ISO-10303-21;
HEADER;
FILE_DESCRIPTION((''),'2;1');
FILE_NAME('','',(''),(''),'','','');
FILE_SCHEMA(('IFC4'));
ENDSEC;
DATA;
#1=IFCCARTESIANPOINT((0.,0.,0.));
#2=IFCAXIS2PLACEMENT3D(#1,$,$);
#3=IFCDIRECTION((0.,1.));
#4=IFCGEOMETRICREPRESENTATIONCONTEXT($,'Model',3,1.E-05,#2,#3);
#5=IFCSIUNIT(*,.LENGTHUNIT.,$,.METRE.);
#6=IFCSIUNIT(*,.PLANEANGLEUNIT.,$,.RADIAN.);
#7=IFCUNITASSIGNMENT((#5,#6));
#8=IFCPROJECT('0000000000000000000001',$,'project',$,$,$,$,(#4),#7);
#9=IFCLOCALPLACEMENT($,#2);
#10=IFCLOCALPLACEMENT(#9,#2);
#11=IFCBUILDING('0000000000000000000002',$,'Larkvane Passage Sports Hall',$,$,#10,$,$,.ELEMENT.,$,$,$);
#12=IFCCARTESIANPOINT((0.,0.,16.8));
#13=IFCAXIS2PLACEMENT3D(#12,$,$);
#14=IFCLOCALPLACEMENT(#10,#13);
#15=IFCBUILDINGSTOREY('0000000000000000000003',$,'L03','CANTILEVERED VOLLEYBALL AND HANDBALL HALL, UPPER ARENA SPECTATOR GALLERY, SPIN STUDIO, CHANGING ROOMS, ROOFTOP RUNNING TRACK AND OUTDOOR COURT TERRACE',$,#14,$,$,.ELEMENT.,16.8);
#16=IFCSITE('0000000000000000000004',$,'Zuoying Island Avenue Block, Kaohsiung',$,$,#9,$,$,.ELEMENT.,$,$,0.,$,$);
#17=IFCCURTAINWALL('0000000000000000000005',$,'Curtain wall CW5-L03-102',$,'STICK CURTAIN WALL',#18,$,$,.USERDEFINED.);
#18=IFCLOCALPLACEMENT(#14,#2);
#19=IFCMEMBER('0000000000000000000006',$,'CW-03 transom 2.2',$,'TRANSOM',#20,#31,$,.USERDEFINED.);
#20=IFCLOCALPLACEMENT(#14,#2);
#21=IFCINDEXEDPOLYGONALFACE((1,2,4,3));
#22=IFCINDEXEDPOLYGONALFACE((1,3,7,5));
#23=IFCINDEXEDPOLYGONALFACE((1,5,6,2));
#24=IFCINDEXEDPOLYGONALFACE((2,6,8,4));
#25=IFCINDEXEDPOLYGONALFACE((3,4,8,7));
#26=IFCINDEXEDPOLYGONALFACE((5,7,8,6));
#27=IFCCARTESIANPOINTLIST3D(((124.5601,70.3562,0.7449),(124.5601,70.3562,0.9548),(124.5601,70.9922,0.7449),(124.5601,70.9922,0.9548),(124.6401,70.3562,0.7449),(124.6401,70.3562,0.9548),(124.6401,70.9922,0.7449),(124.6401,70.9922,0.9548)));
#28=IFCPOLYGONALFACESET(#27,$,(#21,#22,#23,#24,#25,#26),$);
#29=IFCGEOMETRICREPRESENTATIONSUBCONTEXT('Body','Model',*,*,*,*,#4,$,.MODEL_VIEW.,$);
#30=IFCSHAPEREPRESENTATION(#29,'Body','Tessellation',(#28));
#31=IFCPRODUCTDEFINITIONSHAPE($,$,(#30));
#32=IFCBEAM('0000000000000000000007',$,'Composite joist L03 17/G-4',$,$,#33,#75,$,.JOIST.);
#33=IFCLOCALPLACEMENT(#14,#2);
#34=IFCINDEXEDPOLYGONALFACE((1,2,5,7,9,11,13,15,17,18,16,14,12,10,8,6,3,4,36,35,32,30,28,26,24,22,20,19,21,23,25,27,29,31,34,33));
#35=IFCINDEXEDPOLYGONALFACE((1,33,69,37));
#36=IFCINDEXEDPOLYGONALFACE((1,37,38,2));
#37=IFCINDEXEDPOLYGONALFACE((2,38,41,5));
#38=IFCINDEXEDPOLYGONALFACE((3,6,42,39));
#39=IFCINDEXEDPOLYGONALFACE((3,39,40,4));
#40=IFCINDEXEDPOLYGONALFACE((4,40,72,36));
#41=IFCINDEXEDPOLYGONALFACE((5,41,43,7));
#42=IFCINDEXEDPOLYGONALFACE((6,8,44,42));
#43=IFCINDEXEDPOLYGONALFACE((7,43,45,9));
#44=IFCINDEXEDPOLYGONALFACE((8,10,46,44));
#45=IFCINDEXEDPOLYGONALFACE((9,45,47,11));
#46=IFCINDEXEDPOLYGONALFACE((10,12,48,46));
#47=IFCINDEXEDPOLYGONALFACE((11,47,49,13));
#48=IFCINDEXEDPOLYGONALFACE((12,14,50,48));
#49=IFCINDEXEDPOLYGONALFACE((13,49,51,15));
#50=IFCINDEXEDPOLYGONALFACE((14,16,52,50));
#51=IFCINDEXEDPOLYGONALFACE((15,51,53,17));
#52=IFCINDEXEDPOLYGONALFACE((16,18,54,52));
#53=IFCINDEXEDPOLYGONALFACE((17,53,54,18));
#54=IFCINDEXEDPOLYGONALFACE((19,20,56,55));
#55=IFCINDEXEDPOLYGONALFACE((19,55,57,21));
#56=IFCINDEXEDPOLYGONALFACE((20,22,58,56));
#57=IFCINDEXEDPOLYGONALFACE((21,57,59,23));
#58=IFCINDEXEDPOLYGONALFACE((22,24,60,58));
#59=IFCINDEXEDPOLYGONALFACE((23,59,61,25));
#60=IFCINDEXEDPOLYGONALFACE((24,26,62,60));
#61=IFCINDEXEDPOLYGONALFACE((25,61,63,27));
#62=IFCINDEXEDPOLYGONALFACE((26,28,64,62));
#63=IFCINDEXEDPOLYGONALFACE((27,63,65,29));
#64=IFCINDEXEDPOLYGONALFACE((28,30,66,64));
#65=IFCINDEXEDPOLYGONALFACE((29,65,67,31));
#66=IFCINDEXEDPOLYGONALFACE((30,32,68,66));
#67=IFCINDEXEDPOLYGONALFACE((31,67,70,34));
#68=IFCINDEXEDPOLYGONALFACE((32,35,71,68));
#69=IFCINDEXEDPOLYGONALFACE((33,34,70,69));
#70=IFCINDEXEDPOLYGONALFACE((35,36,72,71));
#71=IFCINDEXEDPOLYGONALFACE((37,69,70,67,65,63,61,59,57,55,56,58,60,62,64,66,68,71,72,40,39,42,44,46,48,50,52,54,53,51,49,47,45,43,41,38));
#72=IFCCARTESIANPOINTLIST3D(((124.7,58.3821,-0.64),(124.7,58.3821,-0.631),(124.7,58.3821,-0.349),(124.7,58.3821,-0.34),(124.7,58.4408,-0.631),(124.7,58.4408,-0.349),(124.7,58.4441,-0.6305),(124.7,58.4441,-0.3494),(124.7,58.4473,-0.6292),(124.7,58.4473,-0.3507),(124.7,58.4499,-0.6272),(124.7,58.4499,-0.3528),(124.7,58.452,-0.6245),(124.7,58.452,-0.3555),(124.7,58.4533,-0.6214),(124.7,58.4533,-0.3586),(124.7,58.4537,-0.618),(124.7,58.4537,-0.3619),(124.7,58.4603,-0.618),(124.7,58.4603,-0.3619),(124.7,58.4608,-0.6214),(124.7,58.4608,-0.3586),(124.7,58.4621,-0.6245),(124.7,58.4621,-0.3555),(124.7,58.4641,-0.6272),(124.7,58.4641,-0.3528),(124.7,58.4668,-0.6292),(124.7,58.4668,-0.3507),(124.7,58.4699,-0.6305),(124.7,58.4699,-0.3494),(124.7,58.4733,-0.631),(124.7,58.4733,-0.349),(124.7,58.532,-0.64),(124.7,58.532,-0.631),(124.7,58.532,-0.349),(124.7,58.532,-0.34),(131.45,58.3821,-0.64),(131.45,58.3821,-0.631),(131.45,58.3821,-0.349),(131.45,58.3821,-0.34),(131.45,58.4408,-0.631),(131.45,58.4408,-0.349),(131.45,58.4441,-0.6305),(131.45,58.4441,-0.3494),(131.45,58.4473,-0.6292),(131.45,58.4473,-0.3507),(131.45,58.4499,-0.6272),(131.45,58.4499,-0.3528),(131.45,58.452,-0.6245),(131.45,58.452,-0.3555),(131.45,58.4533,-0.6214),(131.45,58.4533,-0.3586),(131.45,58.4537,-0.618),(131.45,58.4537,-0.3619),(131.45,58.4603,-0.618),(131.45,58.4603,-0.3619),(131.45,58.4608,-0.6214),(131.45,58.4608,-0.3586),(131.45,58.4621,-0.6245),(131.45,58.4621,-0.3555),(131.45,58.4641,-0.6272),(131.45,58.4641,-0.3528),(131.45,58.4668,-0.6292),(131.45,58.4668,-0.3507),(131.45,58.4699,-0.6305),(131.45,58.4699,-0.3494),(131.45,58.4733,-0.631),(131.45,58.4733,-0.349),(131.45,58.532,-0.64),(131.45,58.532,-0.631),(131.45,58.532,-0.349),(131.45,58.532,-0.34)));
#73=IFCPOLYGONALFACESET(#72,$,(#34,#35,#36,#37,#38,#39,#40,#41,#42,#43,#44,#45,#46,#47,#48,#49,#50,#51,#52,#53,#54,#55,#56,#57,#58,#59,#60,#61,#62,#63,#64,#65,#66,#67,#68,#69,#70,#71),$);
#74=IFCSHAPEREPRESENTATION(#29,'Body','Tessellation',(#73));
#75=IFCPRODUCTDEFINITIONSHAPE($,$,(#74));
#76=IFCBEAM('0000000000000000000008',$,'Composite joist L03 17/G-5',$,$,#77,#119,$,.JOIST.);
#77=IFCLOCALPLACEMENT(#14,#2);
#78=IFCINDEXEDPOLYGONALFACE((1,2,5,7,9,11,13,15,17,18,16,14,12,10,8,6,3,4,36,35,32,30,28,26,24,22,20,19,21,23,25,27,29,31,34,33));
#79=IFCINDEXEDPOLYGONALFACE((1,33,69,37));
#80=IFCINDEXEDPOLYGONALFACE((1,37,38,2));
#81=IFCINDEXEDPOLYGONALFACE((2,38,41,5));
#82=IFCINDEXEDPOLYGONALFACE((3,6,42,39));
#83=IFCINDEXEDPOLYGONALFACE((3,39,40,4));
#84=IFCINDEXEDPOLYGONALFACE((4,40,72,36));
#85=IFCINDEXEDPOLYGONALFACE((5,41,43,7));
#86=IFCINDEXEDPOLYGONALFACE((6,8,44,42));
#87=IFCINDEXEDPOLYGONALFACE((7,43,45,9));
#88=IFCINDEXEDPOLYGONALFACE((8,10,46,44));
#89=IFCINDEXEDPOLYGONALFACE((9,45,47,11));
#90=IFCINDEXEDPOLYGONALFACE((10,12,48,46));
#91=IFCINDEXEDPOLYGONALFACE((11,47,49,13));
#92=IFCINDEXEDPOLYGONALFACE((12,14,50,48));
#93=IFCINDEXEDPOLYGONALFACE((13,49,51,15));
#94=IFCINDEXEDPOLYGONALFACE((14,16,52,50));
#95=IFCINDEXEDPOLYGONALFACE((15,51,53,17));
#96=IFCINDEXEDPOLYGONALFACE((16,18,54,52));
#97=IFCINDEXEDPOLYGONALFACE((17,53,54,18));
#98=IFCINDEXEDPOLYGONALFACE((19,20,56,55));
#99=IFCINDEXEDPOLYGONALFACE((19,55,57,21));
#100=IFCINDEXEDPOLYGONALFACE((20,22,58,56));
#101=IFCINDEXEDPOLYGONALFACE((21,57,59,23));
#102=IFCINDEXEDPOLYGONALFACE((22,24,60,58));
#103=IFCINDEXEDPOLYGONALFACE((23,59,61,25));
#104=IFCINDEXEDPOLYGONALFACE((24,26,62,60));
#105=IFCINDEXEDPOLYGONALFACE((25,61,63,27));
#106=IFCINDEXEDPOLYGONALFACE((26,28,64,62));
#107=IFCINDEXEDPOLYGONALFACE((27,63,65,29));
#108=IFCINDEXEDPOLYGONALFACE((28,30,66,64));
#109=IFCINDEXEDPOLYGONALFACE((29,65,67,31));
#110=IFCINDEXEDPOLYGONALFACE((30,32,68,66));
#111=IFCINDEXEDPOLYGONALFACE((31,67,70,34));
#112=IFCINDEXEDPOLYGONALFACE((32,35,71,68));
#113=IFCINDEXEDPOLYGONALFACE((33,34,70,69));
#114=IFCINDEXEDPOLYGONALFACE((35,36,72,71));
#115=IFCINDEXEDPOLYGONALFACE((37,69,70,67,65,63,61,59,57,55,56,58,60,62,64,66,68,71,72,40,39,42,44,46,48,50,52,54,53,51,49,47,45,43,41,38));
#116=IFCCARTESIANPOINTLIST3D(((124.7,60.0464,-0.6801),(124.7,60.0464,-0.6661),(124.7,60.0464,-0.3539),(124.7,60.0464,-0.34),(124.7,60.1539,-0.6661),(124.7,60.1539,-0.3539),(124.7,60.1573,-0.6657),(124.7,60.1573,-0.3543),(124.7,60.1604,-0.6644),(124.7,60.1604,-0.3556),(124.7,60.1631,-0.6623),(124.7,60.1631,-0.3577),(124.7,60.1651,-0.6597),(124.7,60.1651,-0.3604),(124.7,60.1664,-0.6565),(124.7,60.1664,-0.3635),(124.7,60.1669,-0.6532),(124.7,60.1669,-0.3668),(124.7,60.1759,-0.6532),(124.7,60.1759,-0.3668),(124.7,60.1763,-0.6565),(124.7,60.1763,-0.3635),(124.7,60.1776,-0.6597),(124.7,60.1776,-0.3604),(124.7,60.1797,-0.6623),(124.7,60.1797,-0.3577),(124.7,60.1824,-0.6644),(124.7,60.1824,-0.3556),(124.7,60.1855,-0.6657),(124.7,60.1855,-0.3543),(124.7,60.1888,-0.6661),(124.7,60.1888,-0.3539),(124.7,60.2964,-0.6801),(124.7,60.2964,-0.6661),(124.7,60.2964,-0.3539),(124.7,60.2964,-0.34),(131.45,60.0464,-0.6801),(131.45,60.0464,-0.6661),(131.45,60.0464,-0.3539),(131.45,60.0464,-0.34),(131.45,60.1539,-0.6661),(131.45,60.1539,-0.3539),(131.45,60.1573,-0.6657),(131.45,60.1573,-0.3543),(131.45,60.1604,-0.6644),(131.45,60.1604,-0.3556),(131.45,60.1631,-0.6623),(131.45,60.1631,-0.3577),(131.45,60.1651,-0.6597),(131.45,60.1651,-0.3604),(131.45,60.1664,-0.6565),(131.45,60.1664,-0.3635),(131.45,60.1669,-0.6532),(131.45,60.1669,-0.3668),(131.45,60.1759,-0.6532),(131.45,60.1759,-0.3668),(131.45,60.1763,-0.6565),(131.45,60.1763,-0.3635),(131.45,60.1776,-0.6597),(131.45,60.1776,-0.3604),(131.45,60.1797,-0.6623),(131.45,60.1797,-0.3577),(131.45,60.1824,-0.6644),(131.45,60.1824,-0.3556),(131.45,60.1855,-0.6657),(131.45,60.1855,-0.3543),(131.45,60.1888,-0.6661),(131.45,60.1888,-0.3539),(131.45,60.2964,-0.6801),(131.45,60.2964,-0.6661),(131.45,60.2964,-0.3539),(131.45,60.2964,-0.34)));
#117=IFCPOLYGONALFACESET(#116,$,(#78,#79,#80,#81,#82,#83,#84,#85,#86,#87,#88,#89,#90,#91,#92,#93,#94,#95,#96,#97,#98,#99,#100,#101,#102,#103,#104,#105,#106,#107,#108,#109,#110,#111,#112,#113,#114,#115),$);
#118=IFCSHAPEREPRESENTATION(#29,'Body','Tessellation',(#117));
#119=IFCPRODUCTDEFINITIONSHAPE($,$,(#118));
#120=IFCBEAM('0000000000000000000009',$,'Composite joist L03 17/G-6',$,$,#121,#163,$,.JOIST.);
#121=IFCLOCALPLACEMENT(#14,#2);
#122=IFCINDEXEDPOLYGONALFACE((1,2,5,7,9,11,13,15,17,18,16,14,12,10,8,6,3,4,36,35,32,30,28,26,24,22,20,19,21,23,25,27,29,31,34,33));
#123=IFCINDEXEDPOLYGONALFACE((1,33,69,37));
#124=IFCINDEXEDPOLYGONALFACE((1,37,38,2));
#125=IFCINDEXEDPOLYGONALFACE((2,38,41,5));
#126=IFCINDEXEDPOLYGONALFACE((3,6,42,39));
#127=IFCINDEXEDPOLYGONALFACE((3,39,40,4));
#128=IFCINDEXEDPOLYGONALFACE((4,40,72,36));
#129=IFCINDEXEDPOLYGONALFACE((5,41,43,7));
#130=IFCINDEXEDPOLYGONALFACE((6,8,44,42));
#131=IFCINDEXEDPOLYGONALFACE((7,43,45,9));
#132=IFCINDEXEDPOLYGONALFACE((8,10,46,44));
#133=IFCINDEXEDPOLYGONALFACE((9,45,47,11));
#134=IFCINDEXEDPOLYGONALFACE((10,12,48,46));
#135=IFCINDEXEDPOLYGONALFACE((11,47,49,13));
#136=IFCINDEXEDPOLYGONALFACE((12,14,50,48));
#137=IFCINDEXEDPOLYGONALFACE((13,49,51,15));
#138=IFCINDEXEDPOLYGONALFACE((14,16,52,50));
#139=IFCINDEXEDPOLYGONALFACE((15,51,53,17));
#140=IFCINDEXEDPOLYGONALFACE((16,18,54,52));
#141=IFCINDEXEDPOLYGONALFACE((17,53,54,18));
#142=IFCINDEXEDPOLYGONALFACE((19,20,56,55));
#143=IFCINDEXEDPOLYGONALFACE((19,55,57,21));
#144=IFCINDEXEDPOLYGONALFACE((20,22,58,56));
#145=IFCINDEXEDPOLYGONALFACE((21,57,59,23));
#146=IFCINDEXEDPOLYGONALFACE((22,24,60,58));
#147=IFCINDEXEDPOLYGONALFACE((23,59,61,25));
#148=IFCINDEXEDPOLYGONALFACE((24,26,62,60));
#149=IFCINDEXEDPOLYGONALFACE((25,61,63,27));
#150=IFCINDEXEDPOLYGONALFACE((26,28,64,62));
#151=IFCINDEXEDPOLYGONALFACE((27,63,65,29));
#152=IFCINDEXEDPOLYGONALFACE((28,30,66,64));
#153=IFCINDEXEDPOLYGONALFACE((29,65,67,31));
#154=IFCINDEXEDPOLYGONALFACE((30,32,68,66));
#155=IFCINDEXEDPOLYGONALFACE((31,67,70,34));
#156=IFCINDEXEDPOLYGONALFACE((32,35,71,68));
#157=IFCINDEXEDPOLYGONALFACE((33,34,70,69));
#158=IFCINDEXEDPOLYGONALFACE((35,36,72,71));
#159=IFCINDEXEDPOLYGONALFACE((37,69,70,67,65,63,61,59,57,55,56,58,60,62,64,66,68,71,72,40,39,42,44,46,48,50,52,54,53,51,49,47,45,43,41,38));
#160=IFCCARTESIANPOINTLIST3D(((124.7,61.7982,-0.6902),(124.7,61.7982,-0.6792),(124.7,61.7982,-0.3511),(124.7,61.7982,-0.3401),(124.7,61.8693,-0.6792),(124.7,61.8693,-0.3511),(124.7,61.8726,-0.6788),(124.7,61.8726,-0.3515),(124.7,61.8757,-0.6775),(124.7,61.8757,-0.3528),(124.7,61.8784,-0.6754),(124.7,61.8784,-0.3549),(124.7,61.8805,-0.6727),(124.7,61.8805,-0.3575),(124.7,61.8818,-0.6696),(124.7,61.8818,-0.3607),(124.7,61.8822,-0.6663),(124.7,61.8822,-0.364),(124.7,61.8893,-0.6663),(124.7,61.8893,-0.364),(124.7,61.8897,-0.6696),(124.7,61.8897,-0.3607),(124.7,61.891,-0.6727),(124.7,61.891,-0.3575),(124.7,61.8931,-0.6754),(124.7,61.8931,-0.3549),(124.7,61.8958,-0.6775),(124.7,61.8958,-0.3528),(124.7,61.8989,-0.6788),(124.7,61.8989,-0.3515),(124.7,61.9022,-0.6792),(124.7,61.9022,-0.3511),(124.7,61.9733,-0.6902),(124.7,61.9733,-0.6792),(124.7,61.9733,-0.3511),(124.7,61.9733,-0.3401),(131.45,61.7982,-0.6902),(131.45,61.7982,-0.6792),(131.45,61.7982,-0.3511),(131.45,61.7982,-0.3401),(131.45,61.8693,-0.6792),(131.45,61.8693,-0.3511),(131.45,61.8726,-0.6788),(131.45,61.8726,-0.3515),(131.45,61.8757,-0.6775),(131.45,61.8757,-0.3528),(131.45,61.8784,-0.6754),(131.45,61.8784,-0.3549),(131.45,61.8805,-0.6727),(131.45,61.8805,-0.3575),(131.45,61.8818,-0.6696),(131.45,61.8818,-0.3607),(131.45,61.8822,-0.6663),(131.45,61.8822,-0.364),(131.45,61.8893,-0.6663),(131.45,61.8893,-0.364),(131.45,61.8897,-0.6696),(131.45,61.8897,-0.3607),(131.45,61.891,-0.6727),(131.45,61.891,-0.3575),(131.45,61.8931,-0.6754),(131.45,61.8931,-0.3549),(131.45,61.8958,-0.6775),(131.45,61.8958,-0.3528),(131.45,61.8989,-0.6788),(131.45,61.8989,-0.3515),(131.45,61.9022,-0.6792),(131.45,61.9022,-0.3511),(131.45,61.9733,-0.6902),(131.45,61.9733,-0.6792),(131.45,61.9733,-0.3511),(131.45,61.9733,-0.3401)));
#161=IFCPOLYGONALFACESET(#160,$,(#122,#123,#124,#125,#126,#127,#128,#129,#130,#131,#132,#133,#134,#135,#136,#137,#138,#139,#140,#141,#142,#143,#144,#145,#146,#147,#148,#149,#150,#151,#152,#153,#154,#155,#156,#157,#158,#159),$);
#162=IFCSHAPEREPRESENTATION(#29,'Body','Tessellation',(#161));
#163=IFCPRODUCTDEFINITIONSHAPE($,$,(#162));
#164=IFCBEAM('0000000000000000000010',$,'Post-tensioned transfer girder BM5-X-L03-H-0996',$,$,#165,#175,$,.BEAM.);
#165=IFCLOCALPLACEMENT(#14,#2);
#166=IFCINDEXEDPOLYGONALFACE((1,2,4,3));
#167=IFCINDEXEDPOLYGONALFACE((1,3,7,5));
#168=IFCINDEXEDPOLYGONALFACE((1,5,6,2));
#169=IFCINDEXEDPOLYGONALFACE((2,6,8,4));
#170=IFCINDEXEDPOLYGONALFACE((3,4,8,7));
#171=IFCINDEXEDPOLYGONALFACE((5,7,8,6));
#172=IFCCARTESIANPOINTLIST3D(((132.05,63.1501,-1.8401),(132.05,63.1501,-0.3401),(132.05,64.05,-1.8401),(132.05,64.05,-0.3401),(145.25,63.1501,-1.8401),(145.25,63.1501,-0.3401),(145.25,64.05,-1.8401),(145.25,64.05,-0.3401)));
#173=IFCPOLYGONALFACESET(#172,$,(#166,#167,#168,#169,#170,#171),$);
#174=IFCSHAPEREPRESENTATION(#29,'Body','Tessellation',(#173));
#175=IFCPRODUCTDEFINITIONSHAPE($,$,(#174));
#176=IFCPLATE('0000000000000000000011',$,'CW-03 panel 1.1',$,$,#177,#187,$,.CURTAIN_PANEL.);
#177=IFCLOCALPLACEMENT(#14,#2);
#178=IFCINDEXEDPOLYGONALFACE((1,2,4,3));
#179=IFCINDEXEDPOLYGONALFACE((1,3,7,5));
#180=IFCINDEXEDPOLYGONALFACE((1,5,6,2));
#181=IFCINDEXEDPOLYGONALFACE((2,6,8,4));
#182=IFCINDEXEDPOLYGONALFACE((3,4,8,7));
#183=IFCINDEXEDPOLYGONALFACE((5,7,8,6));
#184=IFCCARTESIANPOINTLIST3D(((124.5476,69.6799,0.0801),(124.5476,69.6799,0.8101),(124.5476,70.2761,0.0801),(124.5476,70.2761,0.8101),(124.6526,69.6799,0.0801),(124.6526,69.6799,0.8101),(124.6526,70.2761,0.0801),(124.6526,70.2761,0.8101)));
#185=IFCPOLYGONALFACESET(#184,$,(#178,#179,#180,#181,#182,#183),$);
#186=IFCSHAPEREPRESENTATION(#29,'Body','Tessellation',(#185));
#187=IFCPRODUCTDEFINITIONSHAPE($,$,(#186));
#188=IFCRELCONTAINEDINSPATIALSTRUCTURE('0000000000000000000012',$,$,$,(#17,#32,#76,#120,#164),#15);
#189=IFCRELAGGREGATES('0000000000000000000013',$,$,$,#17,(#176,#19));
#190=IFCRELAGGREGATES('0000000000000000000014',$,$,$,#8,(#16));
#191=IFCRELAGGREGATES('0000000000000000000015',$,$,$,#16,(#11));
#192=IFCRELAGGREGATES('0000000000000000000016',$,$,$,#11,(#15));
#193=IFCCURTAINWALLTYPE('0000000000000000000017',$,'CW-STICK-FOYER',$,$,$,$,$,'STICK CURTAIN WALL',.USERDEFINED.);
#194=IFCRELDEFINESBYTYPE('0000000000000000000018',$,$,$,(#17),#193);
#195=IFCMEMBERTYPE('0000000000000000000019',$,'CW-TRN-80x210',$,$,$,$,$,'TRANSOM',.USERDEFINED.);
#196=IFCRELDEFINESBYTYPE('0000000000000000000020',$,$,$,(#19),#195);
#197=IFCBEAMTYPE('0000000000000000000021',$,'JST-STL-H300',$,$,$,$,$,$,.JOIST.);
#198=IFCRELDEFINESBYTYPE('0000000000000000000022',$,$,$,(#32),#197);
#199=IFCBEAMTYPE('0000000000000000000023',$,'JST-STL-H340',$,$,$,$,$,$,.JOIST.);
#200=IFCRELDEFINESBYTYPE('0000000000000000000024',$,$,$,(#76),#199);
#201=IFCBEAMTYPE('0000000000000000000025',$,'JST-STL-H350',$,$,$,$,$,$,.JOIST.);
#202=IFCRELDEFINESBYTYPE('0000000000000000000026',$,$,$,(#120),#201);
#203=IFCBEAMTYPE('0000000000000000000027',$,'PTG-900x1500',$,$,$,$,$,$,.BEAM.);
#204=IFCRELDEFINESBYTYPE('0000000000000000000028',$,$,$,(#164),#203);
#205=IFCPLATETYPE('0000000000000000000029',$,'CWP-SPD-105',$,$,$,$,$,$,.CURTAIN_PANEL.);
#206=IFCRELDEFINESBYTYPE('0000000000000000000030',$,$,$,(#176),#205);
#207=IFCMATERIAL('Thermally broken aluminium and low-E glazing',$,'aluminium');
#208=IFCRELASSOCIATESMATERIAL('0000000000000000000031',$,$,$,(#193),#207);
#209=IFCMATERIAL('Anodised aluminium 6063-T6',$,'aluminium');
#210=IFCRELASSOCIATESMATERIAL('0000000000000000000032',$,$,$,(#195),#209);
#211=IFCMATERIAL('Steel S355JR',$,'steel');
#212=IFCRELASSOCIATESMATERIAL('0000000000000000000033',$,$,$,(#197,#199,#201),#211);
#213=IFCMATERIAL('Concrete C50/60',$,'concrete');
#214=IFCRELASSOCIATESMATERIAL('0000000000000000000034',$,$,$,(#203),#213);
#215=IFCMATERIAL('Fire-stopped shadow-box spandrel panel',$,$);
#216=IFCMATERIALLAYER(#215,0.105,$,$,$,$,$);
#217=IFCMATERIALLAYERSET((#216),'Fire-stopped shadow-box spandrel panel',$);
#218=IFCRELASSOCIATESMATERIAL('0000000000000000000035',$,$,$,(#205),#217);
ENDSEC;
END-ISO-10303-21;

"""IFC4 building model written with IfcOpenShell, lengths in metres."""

from ifc_helpers import new_model, si_unit, direction, frame, origin, origin_2d, place, context, subcontext, project, spatial, rectangle, i_section, extrude, material, layer, layer_set, material_profile, profile_set, type_object, element, aggregate, save


model = new_model("IFC4")

# Units and contexts
model_context = context("Model", 3, precision=1e-05, world=origin(), true_north=direction((0.0, 1.0)))
body_context = subcontext(model_context, "Body", "Model", "MODEL_VIEW")
ifc_project = project(units=[si_unit("LENGTHUNIT", "METRE"), si_unit("PLANEANGLEUNIT", "RADIAN")], contexts=[model_context])

# Site, building, storey
site_placement = place(None, origin())
site = spatial("IfcSite", under=ifc_project, at=site_placement, Name="Zuoying Island Avenue Block, Kaohsiung", CompositionType="ELEMENT", RefElevation=0.0)
building_placement = place(site_placement, origin())
building = spatial("IfcBuilding", under=site, at=building_placement, Name="Larkvane Passage Sports Hall", CompositionType="ELEMENT")
storey_placement = place(building_placement, frame((0.0, 0.0, 16.8)))
storey = spatial("IfcBuildingStorey", under=building, at=storey_placement, Name="L03", Description="CANTILEVERED VOLLEYBALL AND HANDBALL HALL, UPPER ARENA SPECTATOR GALLERY, SPIN STUDIO, CHANGING ROOMS, ROOFTOP RUNNING TRACK AND OUTDOOR COURT TERRACE", CompositionType="ELEMENT", Elevation=16.8)

# Shared definitions
ifc_material_1 = material(Name="Steel S355JR", Category="steel")

# Shared definitions
ifc_material_2 = material(Name="Thermally broken aluminium and low-E glazing", Category="aluminium")
ifc_material_3 = material(Name="Anodised aluminium 6063-T6", Category="aluminium")

# Curtain wall
curtain_wall_type_1 = type_object("IfcCurtainWallType", Name="CW-STICK-FOYER", ElementType="STICK CURTAIN WALL", PredefinedType="USERDEFINED", material=ifc_material_2)
curtain_wall_1_placement = place(storey_placement, origin())
curtain_wall_1 = element("IfcCurtainWall", 1, at=curtain_wall_1_placement, inside=storey, type_object=curtain_wall_type_1, Name="Curtain wall CW5-L03-102", ObjectType="STICK CURTAIN WALL", PredefinedType="USERDEFINED")

# Member
ifc_material_profile_1 = material_profile(ifc_material_3, rectangle(XDim=0.0801, YDim=0.21, at=origin_2d()), Name="ALU-TRN-80x210")
ifc_profile_set_1 = profile_set([ifc_material_profile_1], Name="Anodised aluminium 6063-T6")
member_type_1 = type_object("IfcMemberType", Name="CW-TRN-80x210", ElementType="TRANSOM", PredefinedType="USERDEFINED", material=ifc_profile_set_1)
member_1_placement = place(storey_placement, frame((124.6001, 70.3562, 0.8499), z_axis=(0.0, 1.0, 0.0), x_axis=(-1.0, 0.0, 0.0)))
member_1 = element("IfcMember", 2, at=member_1_placement, type_object=member_type_1, Name="CW-03 transom 2.2", ObjectType="TRANSOM", PredefinedType="USERDEFINED", context=body_context, shape_type="SweptSolid", body=[
    extrude(rectangle(XDim=0.0801, YDim=0.21, at=origin_2d()), origin(), (0.0, 0.0, 1.0), 0.636),
])

# Beams
ifc_material_profile_2 = material_profile(ifc_material_1, i_section(OverallWidth=0.1499, OverallDepth=0.3, WebThickness=0.0066, FlangeThickness=0.009, FilletRadius=0.0129, at=origin_2d()), Name="H-300x150x6.5x9")
ifc_profile_set_2 = profile_set([ifc_material_profile_2], Name="Steel S355JR")
beam_type_1 = type_object("IfcBeamType", Name="JST-STL-H300", PredefinedType="JOIST", material=ifc_profile_set_2)
beam_1_placement = place(storey_placement, frame((124.7, 58.457, -0.49), z_axis=(1.0, 0.0, 0.0), x_axis=(0.0, 1.0, 0.0)))
element("IfcBeam", 3, at=beam_1_placement, inside=storey, type_object=beam_type_1, Name="Composite joist L03 17/G-4", PredefinedType="JOIST", context=body_context, shape_type="SweptSolid", body=[
    extrude(i_section(OverallWidth=0.1499, OverallDepth=0.3, WebThickness=0.0066, FlangeThickness=0.009, FilletRadius=0.0129, at=origin_2d()), origin(), (0.0, 0.0, 1.0), 6.75),
])
ifc_material_profile_3 = material_profile(ifc_material_1, i_section(OverallWidth=0.25, OverallDepth=0.3401, WebThickness=0.009, FlangeThickness=0.0139, FilletRadius=0.0129, at=origin_2d()), Name="H-340x250x9x14")
ifc_profile_set_3 = profile_set([ifc_material_profile_3], Name="Steel S355JR")
beam_type_2 = type_object("IfcBeamType", Name="JST-STL-H340", PredefinedType="JOIST", material=ifc_profile_set_3)
beam_2_placement = place(storey_placement, frame((124.7, 60.1714, -0.51), z_axis=(1.0, 0.0, 0.0), x_axis=(0.0, 1.0, 0.0)))
element("IfcBeam", 4, at=beam_2_placement, inside=storey, type_object=beam_type_2, Name="Composite joist L03 17/G-5", PredefinedType="JOIST", context=body_context, shape_type="SweptSolid", body=[
    extrude(i_section(OverallWidth=0.25, OverallDepth=0.3401, WebThickness=0.009, FlangeThickness=0.0139, FilletRadius=0.0129, at=origin_2d()), origin(), (0.0, 0.0, 1.0), 6.75),
])
ifc_material_profile_4 = material_profile(ifc_material_1, i_section(OverallWidth=0.175, OverallDepth=0.3501, WebThickness=0.0071, FlangeThickness=0.011, FilletRadius=0.0129, at=origin_2d()), Name="H-350x175x7x11")
ifc_profile_set_4 = profile_set([ifc_material_profile_4], Name="Steel S355JR")
beam_type_3 = type_object("IfcBeamType", Name="JST-STL-H350", PredefinedType="JOIST", material=ifc_profile_set_4)
beam_3_placement = place(storey_placement, frame((124.7, 61.8857, -0.5151), z_axis=(1.0, 0.0, 0.0), x_axis=(0.0, 1.0, 0.0)))
element("IfcBeam", 5, at=beam_3_placement, inside=storey, type_object=beam_type_3, Name="Composite joist L03 17/G-6", PredefinedType="JOIST", context=body_context, shape_type="SweptSolid", body=[
    extrude(i_section(OverallWidth=0.175, OverallDepth=0.3501, WebThickness=0.0071, FlangeThickness=0.011, FilletRadius=0.0129, at=origin_2d()), origin(), (0.0, 0.0, 1.0), 6.75),
])
ifc_material_4 = material(Name="Concrete C50/60", Category="concrete")
ifc_material_profile_5 = material_profile(ifc_material_4, rectangle(XDim=0.8999, YDim=1.5, at=origin_2d()), Name="PT-GIR-900x1500")
ifc_profile_set_5 = profile_set([ifc_material_profile_5], Name="Concrete C50/60")
beam_type_4 = type_object("IfcBeamType", Name="PTG-900x1500", PredefinedType="BEAM", material=ifc_profile_set_5)
beam_4_placement = place(storey_placement, frame((132.05, 63.6001, -1.0901), z_axis=(1.0, 0.0, 0.0), x_axis=(0.0, 1.0, 0.0)))
element("IfcBeam", 6, at=beam_4_placement, inside=storey, type_object=beam_type_4, Name="Post-tensioned transfer girder BM5-X-L03-H-0996", PredefinedType="BEAM", context=body_context, shape_type="SweptSolid", body=[
    extrude(rectangle(XDim=0.8999, YDim=1.5, at=origin_2d()), origin(), (0.0, 0.0, 1.0), 13.2),
])

# Plate
ifc_material_5 = material(Name="Fire-stopped shadow-box spandrel panel")
ifc_layer_1 = layer(ifc_material_5, 0.105)
ifc_layer_set_1 = layer_set([ifc_layer_1], Name="Fire-stopped shadow-box spandrel panel")
plate_type_1 = type_object("IfcPlateType", Name="CWP-SPD-105", PredefinedType="CURTAIN_PANEL", material=ifc_layer_set_1)
plate_1_placement = place(storey_placement, frame((124.6001, 69.978, 0.0801), z_axis=(0.0, 0.0, 1.0), x_axis=(0.0, 1.0, 0.0)))
plate_1 = element("IfcPlate", 7, at=plate_1_placement, type_object=plate_type_1, Name="CW-03 panel 1.1", PredefinedType="CURTAIN_PANEL", context=body_context, shape_type="SweptSolid", body=[
    extrude(rectangle(XDim=0.5962, YDim=0.105, at=origin_2d()), origin(), (0.0, 0.0, 1.0), 0.73),
])
aggregate(curtain_wall_1, [plate_1, member_1])

save(model, "model.ifc")
